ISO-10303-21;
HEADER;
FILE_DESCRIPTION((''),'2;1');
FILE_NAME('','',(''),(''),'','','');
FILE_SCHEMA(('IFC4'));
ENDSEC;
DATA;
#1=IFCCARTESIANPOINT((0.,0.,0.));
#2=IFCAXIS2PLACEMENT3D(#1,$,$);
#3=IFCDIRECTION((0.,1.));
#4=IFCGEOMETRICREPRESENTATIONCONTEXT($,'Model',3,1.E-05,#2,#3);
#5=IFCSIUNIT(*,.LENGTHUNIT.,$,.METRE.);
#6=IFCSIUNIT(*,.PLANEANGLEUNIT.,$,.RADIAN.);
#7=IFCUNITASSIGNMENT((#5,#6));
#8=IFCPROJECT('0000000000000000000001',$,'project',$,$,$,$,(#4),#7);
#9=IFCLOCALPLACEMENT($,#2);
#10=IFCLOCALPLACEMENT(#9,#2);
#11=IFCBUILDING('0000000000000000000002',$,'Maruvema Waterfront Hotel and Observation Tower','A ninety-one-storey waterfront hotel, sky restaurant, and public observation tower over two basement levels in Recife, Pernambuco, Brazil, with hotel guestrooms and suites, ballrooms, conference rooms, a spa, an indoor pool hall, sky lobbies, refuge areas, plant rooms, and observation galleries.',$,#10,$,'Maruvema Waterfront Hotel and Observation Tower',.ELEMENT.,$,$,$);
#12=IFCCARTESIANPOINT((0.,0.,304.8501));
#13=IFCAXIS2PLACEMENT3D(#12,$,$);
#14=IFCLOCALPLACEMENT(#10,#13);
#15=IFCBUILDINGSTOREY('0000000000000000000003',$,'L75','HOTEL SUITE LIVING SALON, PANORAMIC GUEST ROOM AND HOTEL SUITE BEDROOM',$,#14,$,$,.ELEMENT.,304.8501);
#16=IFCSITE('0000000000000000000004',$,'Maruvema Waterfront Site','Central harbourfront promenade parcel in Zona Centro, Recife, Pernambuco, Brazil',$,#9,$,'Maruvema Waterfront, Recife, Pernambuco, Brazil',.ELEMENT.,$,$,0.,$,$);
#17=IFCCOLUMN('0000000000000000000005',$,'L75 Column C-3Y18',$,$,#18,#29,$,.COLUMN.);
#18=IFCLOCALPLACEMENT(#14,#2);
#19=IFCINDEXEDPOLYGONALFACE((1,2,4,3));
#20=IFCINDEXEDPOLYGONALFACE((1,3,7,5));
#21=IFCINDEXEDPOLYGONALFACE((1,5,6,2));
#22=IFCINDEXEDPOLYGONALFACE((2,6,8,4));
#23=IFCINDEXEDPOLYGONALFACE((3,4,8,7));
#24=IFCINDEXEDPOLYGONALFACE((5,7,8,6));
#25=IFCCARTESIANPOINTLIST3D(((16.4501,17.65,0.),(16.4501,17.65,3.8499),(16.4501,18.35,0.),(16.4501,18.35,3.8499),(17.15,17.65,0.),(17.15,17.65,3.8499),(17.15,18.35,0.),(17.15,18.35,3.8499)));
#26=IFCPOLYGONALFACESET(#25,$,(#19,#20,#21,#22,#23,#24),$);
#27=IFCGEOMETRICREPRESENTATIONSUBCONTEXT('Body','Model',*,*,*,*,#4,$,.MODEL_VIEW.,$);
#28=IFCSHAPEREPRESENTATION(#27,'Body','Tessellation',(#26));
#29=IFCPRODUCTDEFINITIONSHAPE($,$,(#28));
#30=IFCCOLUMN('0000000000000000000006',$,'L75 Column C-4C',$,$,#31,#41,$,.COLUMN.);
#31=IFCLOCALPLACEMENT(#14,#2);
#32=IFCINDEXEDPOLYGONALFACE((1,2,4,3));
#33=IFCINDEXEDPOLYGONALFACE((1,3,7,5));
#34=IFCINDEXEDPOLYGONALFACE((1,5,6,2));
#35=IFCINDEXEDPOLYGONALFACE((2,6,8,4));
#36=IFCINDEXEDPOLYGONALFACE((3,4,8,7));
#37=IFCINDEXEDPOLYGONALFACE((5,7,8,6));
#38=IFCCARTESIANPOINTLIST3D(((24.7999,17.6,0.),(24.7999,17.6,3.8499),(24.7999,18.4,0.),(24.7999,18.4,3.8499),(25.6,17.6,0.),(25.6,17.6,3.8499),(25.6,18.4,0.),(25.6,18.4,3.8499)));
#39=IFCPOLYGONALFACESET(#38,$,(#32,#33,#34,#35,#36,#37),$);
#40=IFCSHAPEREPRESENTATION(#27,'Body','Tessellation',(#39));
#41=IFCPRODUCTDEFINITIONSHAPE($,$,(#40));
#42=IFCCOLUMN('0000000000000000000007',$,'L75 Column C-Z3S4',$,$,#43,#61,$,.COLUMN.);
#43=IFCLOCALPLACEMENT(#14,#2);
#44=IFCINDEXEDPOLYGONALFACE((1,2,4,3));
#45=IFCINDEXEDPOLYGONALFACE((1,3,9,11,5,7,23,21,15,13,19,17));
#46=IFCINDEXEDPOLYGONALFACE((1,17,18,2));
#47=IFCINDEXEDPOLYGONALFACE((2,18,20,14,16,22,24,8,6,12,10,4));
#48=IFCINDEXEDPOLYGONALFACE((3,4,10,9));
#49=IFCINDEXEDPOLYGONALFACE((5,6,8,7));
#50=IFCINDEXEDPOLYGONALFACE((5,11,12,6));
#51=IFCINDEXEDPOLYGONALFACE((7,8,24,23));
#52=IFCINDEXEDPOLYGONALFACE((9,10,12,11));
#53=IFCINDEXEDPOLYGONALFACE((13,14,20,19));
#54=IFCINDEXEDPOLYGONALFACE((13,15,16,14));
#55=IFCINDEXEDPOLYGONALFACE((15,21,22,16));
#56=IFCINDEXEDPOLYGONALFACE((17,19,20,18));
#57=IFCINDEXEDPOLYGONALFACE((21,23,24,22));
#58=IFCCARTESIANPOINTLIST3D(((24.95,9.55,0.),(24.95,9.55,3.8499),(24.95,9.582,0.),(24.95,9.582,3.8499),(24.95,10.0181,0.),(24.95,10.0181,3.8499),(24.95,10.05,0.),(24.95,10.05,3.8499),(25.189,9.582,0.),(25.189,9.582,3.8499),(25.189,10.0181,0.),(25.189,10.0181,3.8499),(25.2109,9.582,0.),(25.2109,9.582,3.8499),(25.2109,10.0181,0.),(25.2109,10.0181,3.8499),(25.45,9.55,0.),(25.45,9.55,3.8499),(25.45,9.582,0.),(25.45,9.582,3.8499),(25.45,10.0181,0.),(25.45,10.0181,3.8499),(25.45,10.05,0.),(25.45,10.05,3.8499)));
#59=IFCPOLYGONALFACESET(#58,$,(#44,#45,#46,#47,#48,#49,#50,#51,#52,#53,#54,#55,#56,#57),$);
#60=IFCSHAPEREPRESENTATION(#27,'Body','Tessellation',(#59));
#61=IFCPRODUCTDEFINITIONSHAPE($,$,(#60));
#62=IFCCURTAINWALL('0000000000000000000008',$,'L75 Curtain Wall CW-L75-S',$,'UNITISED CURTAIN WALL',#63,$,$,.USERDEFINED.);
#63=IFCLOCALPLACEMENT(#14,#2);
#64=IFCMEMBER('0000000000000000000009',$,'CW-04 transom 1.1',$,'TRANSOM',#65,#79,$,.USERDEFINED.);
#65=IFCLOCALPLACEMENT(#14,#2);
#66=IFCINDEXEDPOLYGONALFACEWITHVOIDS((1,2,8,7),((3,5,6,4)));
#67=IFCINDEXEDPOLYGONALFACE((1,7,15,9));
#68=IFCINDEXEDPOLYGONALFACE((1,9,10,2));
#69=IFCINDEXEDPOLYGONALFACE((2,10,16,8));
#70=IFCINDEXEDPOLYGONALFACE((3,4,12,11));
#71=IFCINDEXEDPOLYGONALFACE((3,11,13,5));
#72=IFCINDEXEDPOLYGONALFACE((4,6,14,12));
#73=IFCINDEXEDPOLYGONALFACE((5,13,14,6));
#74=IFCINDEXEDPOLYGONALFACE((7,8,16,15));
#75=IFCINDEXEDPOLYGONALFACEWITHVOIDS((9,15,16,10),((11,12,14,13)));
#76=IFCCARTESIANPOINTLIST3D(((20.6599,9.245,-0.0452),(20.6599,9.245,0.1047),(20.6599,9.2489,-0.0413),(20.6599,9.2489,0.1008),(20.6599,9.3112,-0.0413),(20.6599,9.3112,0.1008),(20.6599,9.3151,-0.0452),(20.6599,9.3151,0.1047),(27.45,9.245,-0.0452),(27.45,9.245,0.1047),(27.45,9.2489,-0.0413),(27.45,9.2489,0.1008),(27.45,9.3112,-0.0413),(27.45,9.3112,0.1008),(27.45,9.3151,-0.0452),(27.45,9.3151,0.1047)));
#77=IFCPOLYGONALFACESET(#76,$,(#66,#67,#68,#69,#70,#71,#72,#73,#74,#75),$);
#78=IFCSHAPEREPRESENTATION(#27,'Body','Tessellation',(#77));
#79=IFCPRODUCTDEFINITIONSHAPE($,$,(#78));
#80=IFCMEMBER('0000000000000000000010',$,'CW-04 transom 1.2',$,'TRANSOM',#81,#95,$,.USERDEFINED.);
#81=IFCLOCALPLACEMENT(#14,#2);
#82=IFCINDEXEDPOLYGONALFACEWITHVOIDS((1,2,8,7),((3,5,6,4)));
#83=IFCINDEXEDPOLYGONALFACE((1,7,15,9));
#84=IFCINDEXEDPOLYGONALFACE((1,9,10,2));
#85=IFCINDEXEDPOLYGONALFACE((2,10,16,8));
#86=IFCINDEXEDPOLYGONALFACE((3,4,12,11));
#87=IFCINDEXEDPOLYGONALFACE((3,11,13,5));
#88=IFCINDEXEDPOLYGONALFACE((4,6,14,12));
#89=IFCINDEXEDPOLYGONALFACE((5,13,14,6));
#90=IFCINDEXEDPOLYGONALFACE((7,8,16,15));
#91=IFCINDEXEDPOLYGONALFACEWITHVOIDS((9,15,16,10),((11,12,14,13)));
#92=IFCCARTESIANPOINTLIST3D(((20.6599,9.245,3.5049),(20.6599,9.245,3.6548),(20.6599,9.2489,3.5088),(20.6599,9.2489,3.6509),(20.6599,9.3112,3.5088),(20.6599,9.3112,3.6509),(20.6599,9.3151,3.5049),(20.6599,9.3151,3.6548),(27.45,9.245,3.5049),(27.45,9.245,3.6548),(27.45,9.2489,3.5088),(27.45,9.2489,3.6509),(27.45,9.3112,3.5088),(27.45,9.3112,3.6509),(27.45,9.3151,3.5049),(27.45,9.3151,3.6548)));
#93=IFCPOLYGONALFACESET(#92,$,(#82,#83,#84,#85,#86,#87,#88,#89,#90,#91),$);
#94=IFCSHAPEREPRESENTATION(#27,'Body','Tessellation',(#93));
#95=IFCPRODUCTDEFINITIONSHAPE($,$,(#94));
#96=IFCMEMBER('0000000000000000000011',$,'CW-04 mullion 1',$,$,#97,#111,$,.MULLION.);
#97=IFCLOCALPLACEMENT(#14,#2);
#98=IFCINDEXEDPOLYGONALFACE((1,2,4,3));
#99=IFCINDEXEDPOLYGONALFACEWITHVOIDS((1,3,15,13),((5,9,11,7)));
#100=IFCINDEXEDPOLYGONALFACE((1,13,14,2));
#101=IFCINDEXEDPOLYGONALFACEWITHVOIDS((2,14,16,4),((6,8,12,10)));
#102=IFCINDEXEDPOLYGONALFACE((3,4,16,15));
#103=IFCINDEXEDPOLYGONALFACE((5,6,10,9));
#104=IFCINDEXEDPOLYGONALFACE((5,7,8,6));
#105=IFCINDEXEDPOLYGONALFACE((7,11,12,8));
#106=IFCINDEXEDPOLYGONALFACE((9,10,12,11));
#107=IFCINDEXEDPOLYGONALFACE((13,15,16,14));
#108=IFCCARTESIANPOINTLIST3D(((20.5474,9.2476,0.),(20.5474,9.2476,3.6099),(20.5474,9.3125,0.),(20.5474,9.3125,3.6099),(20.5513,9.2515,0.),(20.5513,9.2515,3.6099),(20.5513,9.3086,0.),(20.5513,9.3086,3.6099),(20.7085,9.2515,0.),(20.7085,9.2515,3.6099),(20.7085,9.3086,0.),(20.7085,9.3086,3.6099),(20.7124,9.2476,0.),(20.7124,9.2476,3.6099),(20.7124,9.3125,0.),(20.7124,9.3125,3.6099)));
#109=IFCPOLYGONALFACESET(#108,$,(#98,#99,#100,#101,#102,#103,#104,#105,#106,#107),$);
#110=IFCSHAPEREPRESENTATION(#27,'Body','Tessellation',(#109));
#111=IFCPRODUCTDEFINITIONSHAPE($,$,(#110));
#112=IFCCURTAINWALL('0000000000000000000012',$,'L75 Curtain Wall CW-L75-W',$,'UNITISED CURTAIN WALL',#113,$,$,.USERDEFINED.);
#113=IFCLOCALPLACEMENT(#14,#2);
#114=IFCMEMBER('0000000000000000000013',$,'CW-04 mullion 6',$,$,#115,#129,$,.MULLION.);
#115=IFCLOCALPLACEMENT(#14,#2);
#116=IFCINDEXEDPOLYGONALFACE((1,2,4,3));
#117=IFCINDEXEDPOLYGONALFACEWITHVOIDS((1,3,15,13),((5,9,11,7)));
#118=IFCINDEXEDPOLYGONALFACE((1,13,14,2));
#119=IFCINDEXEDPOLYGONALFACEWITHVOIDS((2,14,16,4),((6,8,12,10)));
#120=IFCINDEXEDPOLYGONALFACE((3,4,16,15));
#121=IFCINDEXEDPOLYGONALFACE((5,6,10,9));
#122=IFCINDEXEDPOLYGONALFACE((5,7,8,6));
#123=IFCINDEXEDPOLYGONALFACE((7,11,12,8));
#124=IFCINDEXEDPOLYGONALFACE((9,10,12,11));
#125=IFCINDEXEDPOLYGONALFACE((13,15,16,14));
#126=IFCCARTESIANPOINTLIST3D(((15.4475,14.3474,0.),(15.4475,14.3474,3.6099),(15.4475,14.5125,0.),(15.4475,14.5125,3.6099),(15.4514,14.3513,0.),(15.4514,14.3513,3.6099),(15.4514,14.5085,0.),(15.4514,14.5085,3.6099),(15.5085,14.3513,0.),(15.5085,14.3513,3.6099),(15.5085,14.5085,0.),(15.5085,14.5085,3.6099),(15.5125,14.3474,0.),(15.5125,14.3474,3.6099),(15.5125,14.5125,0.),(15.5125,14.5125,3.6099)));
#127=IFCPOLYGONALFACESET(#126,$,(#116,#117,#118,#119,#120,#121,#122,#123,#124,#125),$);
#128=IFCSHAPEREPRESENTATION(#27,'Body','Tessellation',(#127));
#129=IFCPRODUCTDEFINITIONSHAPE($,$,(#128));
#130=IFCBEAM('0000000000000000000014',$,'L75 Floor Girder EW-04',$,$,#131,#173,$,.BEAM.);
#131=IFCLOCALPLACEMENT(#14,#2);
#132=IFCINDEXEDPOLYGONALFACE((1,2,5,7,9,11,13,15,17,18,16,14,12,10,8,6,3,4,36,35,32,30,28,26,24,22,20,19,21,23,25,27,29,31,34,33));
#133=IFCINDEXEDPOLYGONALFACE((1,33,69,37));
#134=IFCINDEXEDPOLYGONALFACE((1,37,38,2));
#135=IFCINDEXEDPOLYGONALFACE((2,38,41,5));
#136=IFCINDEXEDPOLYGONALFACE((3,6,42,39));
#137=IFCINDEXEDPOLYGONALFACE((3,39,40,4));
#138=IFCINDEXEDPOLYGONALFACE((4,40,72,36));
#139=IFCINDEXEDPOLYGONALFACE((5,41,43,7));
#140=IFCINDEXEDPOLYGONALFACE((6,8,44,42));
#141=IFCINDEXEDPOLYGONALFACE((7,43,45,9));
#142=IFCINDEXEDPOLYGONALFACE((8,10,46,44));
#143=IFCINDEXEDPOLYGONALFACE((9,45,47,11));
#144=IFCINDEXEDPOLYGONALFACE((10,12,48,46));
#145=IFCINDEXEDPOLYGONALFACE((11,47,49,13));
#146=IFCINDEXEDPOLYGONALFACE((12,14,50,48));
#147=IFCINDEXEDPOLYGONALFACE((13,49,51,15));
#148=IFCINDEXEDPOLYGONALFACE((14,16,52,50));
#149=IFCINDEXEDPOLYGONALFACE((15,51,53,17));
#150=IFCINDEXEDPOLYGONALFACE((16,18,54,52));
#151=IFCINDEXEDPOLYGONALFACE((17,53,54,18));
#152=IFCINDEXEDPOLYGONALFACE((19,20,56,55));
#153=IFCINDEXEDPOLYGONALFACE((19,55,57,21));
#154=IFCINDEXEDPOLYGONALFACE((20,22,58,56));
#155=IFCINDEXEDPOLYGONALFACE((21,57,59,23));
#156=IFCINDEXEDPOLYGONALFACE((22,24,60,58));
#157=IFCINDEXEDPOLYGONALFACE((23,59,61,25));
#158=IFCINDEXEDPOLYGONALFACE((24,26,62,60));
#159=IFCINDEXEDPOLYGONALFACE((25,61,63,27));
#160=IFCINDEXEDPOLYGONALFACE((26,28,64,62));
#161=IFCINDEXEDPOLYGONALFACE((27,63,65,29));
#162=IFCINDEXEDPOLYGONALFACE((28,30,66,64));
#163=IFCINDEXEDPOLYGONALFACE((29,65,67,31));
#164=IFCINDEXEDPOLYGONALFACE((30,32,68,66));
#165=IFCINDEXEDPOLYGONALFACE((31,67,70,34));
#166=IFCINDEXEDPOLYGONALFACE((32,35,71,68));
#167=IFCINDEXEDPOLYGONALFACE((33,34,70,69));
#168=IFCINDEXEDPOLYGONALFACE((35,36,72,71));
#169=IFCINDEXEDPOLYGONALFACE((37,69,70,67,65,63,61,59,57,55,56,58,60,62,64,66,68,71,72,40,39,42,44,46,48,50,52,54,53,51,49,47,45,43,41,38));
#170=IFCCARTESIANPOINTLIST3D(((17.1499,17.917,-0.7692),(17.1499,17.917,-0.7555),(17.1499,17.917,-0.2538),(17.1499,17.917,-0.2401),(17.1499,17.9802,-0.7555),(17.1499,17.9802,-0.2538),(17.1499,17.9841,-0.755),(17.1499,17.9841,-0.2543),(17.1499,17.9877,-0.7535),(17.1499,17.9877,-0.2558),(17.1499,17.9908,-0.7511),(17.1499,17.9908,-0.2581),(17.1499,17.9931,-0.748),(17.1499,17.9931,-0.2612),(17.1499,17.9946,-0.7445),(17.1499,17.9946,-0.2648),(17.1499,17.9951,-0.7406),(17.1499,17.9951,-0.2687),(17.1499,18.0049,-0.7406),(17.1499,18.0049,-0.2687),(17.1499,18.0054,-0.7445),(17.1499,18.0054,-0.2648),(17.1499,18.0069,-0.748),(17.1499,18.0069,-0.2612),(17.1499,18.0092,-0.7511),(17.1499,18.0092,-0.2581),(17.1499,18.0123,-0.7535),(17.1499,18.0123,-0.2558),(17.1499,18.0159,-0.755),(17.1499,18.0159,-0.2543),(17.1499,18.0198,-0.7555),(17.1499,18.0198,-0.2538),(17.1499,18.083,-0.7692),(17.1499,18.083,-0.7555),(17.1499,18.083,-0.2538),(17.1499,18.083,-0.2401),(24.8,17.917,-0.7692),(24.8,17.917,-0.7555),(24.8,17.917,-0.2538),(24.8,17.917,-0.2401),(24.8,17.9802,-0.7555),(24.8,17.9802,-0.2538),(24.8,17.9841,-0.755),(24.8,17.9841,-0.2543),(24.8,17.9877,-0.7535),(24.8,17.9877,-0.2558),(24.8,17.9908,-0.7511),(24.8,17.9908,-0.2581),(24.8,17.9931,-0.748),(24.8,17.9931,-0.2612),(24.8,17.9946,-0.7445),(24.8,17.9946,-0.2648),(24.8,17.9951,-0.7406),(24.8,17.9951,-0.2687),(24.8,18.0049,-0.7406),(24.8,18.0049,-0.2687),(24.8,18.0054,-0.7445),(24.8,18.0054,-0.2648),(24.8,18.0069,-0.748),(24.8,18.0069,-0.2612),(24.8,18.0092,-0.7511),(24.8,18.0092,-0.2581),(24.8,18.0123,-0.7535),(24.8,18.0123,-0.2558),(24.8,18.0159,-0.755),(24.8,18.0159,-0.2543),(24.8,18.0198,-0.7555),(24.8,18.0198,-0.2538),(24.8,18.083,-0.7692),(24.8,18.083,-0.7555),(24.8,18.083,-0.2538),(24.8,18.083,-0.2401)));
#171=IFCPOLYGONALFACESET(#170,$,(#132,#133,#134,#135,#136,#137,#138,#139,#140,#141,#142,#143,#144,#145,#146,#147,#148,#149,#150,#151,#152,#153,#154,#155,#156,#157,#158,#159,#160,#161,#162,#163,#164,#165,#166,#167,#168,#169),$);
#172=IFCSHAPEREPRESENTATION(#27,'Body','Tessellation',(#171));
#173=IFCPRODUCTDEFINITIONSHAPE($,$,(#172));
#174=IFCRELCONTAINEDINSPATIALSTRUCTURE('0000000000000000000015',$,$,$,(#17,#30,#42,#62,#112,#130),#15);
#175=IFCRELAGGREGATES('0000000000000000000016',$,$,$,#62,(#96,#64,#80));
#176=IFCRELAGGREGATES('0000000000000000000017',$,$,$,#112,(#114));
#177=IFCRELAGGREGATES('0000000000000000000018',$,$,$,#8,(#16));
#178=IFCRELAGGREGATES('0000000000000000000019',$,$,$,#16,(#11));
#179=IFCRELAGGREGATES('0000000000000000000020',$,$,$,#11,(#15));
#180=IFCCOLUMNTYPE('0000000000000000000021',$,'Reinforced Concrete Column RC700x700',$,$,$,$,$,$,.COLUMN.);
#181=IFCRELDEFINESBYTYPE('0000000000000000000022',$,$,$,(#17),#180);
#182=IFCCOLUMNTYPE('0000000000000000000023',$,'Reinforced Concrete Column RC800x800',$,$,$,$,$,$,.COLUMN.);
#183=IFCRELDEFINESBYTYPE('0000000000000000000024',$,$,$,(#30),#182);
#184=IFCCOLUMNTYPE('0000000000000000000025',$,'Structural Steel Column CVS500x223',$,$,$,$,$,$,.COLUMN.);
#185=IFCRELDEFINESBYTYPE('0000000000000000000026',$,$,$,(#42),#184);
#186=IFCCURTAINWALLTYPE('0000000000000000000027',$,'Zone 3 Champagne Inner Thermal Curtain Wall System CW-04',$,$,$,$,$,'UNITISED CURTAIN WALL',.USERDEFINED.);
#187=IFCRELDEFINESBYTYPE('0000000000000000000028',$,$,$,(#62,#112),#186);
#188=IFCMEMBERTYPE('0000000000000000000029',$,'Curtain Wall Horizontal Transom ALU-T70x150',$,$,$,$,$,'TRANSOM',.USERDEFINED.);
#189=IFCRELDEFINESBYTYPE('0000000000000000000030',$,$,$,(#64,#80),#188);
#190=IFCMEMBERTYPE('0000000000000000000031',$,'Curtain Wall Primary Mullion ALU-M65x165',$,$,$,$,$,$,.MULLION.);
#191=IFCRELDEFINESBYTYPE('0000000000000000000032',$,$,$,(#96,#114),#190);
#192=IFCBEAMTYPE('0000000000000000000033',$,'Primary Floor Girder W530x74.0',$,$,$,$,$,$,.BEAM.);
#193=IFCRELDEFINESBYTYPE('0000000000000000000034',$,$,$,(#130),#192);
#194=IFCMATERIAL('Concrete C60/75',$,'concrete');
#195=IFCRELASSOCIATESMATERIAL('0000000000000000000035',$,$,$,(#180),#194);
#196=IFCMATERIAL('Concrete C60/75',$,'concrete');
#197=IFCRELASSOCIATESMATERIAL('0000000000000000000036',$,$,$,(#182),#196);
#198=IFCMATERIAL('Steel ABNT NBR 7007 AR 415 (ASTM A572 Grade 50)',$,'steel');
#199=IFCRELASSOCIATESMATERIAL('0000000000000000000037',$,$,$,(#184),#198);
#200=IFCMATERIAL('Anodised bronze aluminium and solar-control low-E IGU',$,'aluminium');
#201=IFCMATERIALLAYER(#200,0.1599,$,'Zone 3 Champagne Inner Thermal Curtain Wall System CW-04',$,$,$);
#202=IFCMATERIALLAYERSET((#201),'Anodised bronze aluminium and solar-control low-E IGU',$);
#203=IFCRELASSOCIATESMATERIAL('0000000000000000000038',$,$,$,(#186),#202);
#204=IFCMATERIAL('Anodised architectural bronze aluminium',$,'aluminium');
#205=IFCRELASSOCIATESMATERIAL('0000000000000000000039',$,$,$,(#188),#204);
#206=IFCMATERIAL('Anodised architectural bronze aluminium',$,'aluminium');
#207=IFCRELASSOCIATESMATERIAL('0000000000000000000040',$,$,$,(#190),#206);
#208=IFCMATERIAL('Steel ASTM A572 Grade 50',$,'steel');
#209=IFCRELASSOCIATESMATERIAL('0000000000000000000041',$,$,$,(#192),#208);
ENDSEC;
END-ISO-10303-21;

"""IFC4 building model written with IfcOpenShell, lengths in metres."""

from ifc_helpers import new_model, si_unit, direction, frame, origin, origin_2d, place, context, subcontext, project, spatial, rectangle, hollow_rectangle, i_section, extrude, material, layer, layer_set, material_profile, profile_set, type_object, element, aggregate, save


model = new_model("IFC4")

# Units and contexts
model_context = context("Model", 3, precision=1e-05, world=origin(), true_north=direction((0.0, 1.0)))
body_context = subcontext(model_context, "Body", "Model", "MODEL_VIEW")
ifc_project = project(units=[si_unit("LENGTHUNIT", "METRE"), si_unit("PLANEANGLEUNIT", "RADIAN")], contexts=[model_context])

# Site, building, storey
site_placement = place(None, origin())
site = spatial("IfcSite", under=ifc_project, at=site_placement, Name="Maruvema Waterfront Site", Description="Central harbourfront promenade parcel in Zona Centro, Recife, Pernambuco, Brazil", LongName="Maruvema Waterfront, Recife, Pernambuco, Brazil", CompositionType="ELEMENT", RefElevation=0.0)
building_placement = place(site_placement, origin())
building = spatial("IfcBuilding", under=site, at=building_placement, Name="Maruvema Waterfront Hotel and Observation Tower", Description="A ninety-one-storey waterfront hotel, sky restaurant, and public observation tower over two basement levels in Recife, Pernambuco, Brazil, with hotel guestrooms and suites, ballrooms, conference rooms, a spa, an indoor pool hall, sky lobbies, refuge areas, plant rooms, and observation galleries.", LongName="Maruvema Waterfront Hotel and Observation Tower", CompositionType="ELEMENT")
storey_placement = place(building_placement, frame((0.0, 0.0, 304.8501)))
storey = spatial("IfcBuildingStorey", under=building, at=storey_placement, Name="L75", Description="HOTEL SUITE LIVING SALON, PANORAMIC GUEST ROOM AND HOTEL SUITE BEDROOM", CompositionType="ELEMENT", Elevation=304.8501)

# Columns
ifc_material_1 = material(Name="Concrete C60/75", Category="concrete")
ifc_material_profile_1 = material_profile(ifc_material_1, rectangle(XDim=0.7, YDim=0.7, at=origin_2d()), Name="RC700x700")
ifc_profile_set_1 = profile_set([ifc_material_profile_1], Name="Concrete C60/75")
column_type_1 = type_object("IfcColumnType", Name="Reinforced Concrete Column RC700x700", PredefinedType="COLUMN", material=ifc_profile_set_1)
column_1_placement = place(storey_placement, frame((16.8, 18.0, 0.0), z_axis=(0.0, 0.0, 1.0), x_axis=(1.0, 0.0, 0.0)))
element("IfcColumn", 1, at=column_1_placement, inside=storey, type_object=column_type_1, Name="L75 Column C-3Y18", PredefinedType="COLUMN", context=body_context, shape_type="SweptSolid", body=[
    extrude(rectangle(XDim=0.7, YDim=0.7, at=origin_2d()), origin(), (0.0, 0.0, 1.0), 3.8499),
])
ifc_material_2 = material(Name="Concrete C60/75", Category="concrete")
ifc_material_profile_2 = material_profile(ifc_material_2, rectangle(XDim=0.8, YDim=0.8, at=origin_2d()), Name="RC800x800")
ifc_profile_set_2 = profile_set([ifc_material_profile_2], Name="Concrete C60/75")
column_type_2 = type_object("IfcColumnType", Name="Reinforced Concrete Column RC800x800", PredefinedType="COLUMN", material=ifc_profile_set_2)
column_2_placement = place(storey_placement, frame((25.2, 18.0, 0.0), z_axis=(0.0, 0.0, 1.0), x_axis=(1.0, 0.0, 0.0)))
element("IfcColumn", 2, at=column_2_placement, inside=storey, type_object=column_type_2, Name="L75 Column C-4C", PredefinedType="COLUMN", context=body_context, shape_type="SweptSolid", body=[
    extrude(rectangle(XDim=0.8, YDim=0.8, at=origin_2d()), origin(), (0.0, 0.0, 1.0), 3.8499),
])
ifc_material_3 = material(Name="Steel ABNT NBR 7007 AR 415 (ASTM A572 Grade 50)", Category="steel")
ifc_material_profile_3 = material_profile(ifc_material_3, i_section(OverallWidth=0.5, OverallDepth=0.5, WebThickness=0.022, FlangeThickness=0.032, at=origin_2d()), Name="CVS500x223")
ifc_profile_set_3 = profile_set([ifc_material_profile_3], Name="Steel ABNT NBR 7007 AR 415 (ASTM A572 Grade 50)")
column_type_3 = type_object("IfcColumnType", Name="Structural Steel Column CVS500x223", PredefinedType="COLUMN", material=ifc_profile_set_3)
column_3_placement = place(storey_placement, frame((25.2, 9.8, 0.0), z_axis=(0.0, 0.0, 1.0), x_axis=(1.0, 0.0, 0.0)))
element("IfcColumn", 3, at=column_3_placement, inside=storey, type_object=column_type_3, Name="L75 Column C-Z3S4", PredefinedType="COLUMN", context=body_context, shape_type="SweptSolid", body=[
    extrude(i_section(OverallWidth=0.5, OverallDepth=0.5, WebThickness=0.022, FlangeThickness=0.032, at=origin_2d()), origin(), (0.0, 0.0, 1.0), 3.8499),
])

# Curtain wall, members
ifc_material_4 = material(Name="Anodised bronze aluminium and solar-control low-E IGU", Category="aluminium")
ifc_layer_1 = layer(ifc_material_4, 0.1599, Name="Zone 3 Champagne Inner Thermal Curtain Wall System CW-04")
ifc_layer_set_1 = layer_set([ifc_layer_1], Name="Anodised bronze aluminium and solar-control low-E IGU")
curtain_wall_type = type_object("IfcCurtainWallType", Name="Zone 3 Champagne Inner Thermal Curtain Wall System CW-04", ElementType="UNITISED CURTAIN WALL", PredefinedType="USERDEFINED", material=ifc_layer_set_1)
curtain_wall_1_placement = place(storey_placement, origin())
curtain_wall_1 = element("IfcCurtainWall", 4, at=curtain_wall_1_placement, inside=storey, type_object=curtain_wall_type, Name="L75 Curtain Wall CW-L75-S", ObjectType="UNITISED CURTAIN WALL", PredefinedType="USERDEFINED")
ifc_material_5 = material(Name="Anodised architectural bronze aluminium", Category="aluminium")
ifc_material_profile_4 = material_profile(ifc_material_5, hollow_rectangle(XDim=0.0701, YDim=0.1499, WallThickness=0.0039, at=origin_2d()), Name="ALU-T70x150")
ifc_profile_set_4 = profile_set([ifc_material_profile_4], Name="Anodised architectural bronze aluminium")
member_type_1 = type_object("IfcMemberType", Name="Curtain Wall Horizontal Transom ALU-T70x150", ElementType="TRANSOM", PredefinedType="USERDEFINED", material=ifc_profile_set_4)
member_1_placement = place(storey_placement, frame((20.6599, 9.28, 0.0298), z_axis=(1.0, 0.0, 0.0), x_axis=(0.0, 1.0, 0.0)))
member_1 = element("IfcMember", 5, at=member_1_placement, type_object=member_type_1, Name="CW-04 transom 1.1", ObjectType="TRANSOM", PredefinedType="USERDEFINED", context=body_context, shape_type="SweptSolid", body=[
    extrude(hollow_rectangle(XDim=0.0701, YDim=0.1499, WallThickness=0.0039, at=origin_2d()), origin(), (0.0, 0.0, 1.0), 6.79),
])
member_2_placement = place(storey_placement, frame((20.6599, 9.28, 3.5798), z_axis=(1.0, 0.0, 0.0), x_axis=(0.0, 1.0, 0.0)))
member_2 = element("IfcMember", 6, at=member_2_placement, type_object=member_type_1, Name="CW-04 transom 1.2", ObjectType="TRANSOM", PredefinedType="USERDEFINED", context=body_context, shape_type="SweptSolid", body=[
    extrude(hollow_rectangle(XDim=0.0701, YDim=0.1499, WallThickness=0.0039, at=origin_2d()), origin(), (0.0, 0.0, 1.0), 6.79),
])
ifc_material_6 = material(Name="Anodised architectural bronze aluminium", Category="aluminium")
ifc_material_profile_5 = material_profile(ifc_material_6, hollow_rectangle(XDim=0.0649, YDim=0.165, WallThickness=0.0039, at=origin_2d()), Name="ALU-M65x165")
ifc_profile_set_5 = profile_set([ifc_material_profile_5], Name="Anodised architectural bronze aluminium")
member_type_2 = type_object("IfcMemberType", Name="Curtain Wall Primary Mullion ALU-M65x165", PredefinedType="MULLION", material=ifc_profile_set_5)
member_3_placement = place(storey_placement, frame((20.6299, 9.28, 0.0), z_axis=(0.0, 0.0, 1.0), x_axis=(0.0, 1.0, 0.0)))
member_3 = element("IfcMember", 7, at=member_3_placement, type_object=member_type_2, Name="CW-04 mullion 1", PredefinedType="MULLION", context=body_context, shape_type="SweptSolid", body=[
    extrude(hollow_rectangle(XDim=0.0649, YDim=0.165, WallThickness=0.0039, at=origin_2d()), origin(), (0.0, 0.0, 1.0), 3.6099),
])

# Curtain wall, member
curtain_wall_2_placement = place(storey_placement, origin())
curtain_wall_2 = element("IfcCurtainWall", 8, at=curtain_wall_2_placement, inside=storey, type_object=curtain_wall_type, Name="L75 Curtain Wall CW-L75-W", ObjectType="UNITISED CURTAIN WALL", PredefinedType="USERDEFINED")
member_4_placement = place(storey_placement, frame((15.48, 14.4299, 0.0), z_axis=(0.0, 0.0, 1.0), x_axis=(1.0, 0.0, 0.0)))
member_4 = element("IfcMember", 9, at=member_4_placement, type_object=member_type_2, Name="CW-04 mullion 6", PredefinedType="MULLION", context=body_context, shape_type="SweptSolid", body=[
    extrude(hollow_rectangle(XDim=0.0649, YDim=0.165, WallThickness=0.0039, at=origin_2d()), origin(), (0.0, 0.0, 1.0), 3.6099),
])

# Beam
ifc_material_7 = material(Name="Steel ASTM A572 Grade 50", Category="steel")
ifc_material_profile_6 = material_profile(ifc_material_7, i_section(OverallWidth=0.166, OverallDepth=0.5291, WebThickness=0.0098, FlangeThickness=0.0137, FilletRadius=0.0149, at=origin_2d()), Name="W530x74.0")
ifc_profile_set_6 = profile_set([ifc_material_profile_6], Name="Steel ASTM A572 Grade 50")
beam_type_1 = type_object("IfcBeamType", Name="Primary Floor Girder W530x74.0", PredefinedType="BEAM", material=ifc_profile_set_6)
beam_1_placement = place(storey_placement, frame((17.1499, 18.0, -0.5046), z_axis=(1.0, 0.0, 0.0), x_axis=(0.0, 1.0, 0.0)))
element("IfcBeam", 10, at=beam_1_placement, inside=storey, type_object=beam_type_1, Name="L75 Floor Girder EW-04", PredefinedType="BEAM", context=body_context, shape_type="SweptSolid", body=[
    extrude(i_section(OverallWidth=0.166, OverallDepth=0.5291, WebThickness=0.0098, FlangeThickness=0.0137, FilletRadius=0.0149, at=origin_2d()), origin(), (0.0, 0.0, 1.0), 7.6501),
])

aggregate(curtain_wall_1, [member_3, member_1, member_2])
aggregate(curtain_wall_2, [member_4])

save(model, "model.ifc")
